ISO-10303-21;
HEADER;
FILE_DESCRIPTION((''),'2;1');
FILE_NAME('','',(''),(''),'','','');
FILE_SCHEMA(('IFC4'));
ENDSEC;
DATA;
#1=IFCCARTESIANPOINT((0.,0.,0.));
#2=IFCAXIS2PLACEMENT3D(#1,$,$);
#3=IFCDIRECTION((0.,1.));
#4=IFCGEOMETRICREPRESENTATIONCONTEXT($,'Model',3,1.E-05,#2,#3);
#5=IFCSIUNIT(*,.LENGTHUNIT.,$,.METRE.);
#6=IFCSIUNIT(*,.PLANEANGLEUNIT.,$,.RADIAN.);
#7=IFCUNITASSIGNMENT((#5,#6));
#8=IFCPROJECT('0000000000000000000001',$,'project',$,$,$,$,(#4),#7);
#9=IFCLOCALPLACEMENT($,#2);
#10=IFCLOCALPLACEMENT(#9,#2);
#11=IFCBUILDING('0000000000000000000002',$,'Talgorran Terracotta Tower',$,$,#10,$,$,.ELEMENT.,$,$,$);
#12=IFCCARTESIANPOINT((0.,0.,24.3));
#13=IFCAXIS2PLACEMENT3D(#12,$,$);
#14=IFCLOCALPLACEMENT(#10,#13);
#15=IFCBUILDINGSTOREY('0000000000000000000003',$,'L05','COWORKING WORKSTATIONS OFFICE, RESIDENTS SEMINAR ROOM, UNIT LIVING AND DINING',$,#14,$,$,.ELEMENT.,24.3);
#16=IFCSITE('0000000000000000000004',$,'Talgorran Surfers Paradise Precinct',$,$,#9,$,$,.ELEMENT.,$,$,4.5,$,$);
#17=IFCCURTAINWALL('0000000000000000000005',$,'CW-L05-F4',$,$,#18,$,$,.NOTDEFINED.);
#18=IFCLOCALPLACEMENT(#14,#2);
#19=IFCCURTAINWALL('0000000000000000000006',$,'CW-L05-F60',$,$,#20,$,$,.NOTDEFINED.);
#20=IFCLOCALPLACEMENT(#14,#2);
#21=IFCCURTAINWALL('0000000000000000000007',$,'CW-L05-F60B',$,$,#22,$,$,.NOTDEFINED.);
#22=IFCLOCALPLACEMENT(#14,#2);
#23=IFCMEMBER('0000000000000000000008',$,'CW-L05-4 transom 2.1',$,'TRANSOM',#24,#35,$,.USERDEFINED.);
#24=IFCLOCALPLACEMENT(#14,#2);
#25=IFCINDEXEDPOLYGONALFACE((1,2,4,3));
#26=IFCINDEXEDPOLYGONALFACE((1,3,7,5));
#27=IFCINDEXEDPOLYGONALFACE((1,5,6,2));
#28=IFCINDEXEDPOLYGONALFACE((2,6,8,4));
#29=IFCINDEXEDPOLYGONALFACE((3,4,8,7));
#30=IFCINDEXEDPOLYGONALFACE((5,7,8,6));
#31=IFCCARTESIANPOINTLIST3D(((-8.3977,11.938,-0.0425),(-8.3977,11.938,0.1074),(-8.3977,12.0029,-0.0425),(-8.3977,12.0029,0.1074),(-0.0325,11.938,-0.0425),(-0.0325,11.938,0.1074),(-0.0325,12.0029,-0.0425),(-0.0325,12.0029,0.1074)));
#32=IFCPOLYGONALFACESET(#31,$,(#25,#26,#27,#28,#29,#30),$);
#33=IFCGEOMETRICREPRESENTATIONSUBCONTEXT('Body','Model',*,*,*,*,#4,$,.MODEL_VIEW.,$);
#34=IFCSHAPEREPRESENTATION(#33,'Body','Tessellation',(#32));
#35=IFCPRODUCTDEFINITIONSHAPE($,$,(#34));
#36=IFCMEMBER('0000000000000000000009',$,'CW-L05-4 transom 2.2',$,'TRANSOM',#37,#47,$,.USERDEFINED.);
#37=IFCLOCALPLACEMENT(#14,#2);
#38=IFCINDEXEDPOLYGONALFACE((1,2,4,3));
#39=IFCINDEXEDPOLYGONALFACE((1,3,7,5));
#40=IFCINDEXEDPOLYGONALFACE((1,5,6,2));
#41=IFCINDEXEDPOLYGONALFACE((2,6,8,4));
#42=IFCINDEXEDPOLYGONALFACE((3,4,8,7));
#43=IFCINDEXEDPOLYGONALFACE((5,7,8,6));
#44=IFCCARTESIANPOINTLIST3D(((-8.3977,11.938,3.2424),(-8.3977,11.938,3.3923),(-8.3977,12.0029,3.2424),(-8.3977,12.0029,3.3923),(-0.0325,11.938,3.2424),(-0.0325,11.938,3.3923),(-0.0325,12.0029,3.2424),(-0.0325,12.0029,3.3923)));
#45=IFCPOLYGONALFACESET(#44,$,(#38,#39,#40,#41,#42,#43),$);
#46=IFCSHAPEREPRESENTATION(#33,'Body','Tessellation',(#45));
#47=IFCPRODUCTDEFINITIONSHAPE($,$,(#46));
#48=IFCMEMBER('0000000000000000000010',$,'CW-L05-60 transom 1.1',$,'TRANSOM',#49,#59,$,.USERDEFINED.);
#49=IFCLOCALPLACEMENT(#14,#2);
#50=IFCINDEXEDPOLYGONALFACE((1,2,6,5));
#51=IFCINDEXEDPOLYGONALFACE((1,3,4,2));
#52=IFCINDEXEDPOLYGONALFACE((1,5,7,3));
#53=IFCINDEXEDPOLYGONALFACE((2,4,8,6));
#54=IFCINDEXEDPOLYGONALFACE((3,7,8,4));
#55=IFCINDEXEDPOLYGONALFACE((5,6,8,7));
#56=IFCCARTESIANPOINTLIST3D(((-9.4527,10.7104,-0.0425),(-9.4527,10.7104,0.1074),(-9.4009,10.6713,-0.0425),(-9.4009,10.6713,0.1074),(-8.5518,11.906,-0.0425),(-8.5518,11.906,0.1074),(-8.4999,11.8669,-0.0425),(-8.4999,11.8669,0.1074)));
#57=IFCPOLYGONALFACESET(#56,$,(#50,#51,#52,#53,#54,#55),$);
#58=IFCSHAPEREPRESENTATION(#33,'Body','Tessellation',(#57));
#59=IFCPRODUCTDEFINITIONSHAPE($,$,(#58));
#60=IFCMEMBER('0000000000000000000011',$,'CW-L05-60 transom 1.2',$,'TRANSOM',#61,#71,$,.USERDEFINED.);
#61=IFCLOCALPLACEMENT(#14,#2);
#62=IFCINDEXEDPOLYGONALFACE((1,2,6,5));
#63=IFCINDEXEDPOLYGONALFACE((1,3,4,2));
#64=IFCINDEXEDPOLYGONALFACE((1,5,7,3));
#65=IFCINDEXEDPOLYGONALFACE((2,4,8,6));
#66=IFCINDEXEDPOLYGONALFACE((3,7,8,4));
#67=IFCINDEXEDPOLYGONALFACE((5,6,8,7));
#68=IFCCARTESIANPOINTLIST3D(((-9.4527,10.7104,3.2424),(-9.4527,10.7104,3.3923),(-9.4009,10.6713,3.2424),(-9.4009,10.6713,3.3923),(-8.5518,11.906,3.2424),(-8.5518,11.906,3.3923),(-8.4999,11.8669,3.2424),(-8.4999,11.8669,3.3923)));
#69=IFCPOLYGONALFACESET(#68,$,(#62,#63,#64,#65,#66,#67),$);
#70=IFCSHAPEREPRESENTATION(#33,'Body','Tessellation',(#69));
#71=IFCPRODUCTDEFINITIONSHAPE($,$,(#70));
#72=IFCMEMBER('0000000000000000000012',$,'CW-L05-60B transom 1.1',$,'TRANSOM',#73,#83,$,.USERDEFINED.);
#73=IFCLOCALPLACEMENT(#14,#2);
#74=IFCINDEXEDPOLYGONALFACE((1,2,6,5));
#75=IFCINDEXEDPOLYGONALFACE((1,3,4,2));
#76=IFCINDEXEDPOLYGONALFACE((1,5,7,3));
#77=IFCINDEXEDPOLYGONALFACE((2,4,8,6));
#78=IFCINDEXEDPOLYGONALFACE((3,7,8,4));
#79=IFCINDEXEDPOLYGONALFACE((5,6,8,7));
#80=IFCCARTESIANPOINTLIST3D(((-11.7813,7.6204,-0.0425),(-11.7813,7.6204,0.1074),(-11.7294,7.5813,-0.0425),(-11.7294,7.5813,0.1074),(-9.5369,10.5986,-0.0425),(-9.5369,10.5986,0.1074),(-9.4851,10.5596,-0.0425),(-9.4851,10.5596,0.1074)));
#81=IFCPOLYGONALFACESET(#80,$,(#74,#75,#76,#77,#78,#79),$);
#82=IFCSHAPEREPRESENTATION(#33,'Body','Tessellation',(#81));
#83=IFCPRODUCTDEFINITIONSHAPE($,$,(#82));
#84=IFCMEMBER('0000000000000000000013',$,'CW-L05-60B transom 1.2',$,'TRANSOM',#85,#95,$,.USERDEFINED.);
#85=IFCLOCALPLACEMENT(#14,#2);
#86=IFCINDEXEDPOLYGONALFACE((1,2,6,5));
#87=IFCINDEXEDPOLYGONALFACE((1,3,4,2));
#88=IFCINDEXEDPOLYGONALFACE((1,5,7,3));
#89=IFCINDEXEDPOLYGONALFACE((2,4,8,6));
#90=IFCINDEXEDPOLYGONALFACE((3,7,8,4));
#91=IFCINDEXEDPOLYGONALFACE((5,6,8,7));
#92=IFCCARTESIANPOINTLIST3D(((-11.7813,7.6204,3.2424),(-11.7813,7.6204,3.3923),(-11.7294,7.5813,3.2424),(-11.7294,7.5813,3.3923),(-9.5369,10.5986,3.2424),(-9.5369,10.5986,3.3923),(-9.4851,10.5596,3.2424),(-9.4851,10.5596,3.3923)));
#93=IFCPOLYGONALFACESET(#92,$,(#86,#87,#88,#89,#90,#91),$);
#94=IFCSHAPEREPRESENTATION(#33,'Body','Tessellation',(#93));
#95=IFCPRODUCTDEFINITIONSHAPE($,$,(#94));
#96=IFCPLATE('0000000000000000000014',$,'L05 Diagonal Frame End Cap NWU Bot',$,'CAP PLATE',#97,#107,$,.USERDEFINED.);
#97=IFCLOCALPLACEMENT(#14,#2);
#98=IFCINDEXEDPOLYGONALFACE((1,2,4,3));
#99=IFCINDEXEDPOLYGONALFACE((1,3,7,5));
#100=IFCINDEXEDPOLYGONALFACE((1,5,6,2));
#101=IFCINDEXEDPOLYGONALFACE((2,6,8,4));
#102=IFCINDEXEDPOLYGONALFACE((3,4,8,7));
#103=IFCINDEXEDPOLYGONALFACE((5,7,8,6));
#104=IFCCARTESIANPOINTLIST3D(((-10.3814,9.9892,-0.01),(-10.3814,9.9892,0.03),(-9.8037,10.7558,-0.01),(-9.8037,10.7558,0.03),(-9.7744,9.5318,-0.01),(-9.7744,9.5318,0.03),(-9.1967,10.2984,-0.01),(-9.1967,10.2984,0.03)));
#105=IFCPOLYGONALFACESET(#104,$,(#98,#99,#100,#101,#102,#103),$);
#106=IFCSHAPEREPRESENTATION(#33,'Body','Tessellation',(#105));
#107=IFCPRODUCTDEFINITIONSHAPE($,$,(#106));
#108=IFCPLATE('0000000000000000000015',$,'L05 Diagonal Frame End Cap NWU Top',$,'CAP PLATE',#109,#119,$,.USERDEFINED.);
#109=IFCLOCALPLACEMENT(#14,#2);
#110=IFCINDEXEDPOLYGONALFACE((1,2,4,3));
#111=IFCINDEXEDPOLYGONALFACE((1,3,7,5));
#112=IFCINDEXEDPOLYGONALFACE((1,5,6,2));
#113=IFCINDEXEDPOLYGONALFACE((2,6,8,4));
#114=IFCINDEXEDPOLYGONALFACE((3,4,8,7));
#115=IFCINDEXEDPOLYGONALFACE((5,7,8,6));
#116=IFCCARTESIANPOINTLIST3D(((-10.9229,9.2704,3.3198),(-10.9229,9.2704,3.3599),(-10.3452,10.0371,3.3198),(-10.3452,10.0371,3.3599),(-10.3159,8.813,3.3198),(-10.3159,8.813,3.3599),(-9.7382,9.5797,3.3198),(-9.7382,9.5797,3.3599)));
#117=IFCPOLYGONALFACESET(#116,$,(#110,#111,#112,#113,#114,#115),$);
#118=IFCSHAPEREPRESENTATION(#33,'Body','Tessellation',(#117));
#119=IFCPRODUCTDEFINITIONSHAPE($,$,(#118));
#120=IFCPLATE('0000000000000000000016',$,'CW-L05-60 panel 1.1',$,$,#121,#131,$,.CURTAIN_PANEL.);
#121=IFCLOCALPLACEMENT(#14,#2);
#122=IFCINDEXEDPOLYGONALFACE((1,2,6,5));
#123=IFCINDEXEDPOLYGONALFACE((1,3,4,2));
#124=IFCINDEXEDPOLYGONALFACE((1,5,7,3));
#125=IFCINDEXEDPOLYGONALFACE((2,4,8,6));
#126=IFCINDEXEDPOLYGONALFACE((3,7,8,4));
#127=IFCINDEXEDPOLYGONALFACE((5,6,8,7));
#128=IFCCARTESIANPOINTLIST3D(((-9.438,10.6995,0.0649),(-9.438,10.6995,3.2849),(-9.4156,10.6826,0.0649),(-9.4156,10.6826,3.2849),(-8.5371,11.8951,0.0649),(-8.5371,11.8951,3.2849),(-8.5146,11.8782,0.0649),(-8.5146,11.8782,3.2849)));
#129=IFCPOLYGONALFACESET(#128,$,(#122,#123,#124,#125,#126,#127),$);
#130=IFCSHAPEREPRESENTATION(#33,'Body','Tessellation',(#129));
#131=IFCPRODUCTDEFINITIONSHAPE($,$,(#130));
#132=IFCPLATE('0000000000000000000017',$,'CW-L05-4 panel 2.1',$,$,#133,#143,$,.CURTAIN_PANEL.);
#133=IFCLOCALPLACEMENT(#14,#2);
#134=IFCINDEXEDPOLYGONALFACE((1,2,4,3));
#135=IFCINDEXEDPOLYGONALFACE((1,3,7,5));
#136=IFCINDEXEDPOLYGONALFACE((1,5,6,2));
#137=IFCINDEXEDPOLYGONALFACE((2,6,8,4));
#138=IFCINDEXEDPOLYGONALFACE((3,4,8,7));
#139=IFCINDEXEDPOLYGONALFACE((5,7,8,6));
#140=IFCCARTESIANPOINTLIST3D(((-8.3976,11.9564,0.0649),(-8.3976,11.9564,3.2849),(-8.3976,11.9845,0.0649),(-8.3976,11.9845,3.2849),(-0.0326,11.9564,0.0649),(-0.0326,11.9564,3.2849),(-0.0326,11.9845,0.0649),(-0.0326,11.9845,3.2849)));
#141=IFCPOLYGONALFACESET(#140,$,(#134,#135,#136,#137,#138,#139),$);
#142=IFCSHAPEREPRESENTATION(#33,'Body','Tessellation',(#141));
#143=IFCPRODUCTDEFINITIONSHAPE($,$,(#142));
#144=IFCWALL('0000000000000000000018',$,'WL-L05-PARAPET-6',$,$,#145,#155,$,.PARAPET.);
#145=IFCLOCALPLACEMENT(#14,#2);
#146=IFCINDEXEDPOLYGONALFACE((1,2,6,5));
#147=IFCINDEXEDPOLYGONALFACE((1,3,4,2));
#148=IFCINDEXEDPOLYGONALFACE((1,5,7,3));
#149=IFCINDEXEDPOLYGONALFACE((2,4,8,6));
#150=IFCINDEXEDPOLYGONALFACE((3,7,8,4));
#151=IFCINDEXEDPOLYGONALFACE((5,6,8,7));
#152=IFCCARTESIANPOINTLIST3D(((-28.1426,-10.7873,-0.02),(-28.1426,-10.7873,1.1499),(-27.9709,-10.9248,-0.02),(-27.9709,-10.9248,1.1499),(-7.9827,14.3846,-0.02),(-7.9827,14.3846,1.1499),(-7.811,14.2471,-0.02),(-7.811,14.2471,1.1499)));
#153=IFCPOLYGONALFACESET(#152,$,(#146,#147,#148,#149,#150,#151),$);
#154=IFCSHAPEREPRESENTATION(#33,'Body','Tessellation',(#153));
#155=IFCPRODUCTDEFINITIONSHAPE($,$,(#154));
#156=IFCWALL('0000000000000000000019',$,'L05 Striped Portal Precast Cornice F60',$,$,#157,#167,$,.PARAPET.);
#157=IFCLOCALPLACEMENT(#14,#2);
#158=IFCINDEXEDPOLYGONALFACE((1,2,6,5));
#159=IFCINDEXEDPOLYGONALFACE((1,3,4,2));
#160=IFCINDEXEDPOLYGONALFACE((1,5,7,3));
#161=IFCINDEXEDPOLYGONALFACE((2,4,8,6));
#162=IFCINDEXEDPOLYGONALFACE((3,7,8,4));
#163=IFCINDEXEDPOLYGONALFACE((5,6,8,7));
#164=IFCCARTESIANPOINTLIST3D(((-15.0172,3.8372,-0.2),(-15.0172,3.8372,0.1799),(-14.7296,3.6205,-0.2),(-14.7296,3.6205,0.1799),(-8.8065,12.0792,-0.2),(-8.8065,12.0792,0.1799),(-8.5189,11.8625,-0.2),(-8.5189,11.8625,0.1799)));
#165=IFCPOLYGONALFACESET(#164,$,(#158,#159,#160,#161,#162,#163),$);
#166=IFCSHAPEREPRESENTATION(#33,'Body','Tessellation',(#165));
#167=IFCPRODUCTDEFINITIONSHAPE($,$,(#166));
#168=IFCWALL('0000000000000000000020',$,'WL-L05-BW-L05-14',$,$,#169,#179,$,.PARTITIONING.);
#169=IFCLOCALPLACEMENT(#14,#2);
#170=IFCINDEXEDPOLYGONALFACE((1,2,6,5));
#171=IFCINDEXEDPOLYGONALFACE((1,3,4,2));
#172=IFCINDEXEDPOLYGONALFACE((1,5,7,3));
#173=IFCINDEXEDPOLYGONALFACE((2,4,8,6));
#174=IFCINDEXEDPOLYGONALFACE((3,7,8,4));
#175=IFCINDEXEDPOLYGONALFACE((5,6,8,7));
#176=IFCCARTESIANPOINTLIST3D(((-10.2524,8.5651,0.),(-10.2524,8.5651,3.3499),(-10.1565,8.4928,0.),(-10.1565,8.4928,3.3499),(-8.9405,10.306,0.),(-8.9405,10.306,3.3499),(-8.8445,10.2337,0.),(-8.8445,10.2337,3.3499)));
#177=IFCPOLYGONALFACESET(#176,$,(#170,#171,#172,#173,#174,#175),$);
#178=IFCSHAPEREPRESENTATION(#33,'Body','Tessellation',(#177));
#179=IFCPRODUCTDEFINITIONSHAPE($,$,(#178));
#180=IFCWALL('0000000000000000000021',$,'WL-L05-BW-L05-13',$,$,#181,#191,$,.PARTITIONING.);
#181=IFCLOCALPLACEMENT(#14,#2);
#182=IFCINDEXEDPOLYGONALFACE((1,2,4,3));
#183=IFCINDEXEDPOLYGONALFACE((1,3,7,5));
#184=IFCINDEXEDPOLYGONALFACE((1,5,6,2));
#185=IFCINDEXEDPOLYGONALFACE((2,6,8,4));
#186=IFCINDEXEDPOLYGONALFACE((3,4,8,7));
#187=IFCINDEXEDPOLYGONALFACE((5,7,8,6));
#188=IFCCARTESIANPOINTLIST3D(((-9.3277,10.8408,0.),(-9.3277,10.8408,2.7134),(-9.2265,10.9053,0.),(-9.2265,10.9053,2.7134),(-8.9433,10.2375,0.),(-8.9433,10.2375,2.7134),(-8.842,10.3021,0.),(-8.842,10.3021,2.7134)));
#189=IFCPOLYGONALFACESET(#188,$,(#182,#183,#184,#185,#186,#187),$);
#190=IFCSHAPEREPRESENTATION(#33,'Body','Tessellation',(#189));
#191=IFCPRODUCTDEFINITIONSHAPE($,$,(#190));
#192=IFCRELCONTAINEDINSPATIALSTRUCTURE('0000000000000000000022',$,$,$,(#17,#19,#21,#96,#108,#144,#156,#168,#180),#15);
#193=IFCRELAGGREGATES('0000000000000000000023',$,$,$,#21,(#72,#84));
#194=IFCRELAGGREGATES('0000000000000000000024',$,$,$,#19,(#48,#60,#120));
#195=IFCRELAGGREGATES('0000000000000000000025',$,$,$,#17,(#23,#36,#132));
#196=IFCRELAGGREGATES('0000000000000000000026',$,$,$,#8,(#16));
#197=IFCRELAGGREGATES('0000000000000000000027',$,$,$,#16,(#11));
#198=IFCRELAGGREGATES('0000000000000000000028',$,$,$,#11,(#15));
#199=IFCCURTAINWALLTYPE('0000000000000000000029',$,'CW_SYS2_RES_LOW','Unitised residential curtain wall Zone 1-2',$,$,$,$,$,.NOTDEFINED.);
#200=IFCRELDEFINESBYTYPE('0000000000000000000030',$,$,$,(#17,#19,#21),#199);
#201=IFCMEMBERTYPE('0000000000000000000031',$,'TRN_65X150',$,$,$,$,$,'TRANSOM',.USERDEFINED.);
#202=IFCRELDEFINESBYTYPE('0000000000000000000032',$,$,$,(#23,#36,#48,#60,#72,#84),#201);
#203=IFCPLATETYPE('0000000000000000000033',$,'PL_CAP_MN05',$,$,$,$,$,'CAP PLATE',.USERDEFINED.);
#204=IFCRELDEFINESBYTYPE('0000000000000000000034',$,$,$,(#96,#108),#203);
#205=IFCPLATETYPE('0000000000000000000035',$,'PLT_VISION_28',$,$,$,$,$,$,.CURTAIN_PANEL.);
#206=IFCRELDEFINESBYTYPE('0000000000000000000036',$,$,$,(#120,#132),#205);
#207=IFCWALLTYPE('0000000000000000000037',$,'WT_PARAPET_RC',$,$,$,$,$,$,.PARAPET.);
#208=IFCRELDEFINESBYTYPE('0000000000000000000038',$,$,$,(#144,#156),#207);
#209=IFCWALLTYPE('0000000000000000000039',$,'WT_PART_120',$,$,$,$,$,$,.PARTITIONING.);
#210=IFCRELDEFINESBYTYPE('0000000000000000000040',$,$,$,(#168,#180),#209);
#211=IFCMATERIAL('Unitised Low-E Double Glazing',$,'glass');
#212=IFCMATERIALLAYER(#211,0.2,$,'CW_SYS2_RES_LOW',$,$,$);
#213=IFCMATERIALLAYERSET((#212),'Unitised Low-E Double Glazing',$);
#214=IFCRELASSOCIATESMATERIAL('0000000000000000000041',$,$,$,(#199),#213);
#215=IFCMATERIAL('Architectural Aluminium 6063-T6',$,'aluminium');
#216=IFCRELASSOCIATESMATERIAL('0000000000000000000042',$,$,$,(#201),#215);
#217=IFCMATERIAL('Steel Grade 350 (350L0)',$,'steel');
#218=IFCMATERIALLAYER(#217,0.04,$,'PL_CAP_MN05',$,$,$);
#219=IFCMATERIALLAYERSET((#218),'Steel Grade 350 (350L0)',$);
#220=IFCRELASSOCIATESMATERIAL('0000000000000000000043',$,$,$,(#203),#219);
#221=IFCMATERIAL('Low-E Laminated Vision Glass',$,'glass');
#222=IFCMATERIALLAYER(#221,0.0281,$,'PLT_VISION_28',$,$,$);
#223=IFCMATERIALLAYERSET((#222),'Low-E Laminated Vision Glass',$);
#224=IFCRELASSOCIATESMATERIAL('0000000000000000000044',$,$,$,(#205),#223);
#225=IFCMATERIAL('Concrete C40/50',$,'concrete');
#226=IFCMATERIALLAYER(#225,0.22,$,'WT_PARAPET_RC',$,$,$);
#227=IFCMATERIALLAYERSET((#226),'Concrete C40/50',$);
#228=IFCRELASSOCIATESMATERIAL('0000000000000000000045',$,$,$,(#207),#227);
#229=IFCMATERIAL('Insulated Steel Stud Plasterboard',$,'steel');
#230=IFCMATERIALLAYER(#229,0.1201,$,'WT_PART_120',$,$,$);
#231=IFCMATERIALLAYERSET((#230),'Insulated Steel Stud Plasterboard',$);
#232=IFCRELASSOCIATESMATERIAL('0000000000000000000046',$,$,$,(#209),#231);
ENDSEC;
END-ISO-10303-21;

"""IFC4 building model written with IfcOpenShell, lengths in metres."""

from ifc_helpers import new_model, si_unit, direction, frame, frame_2d, origin, origin_2d, place, context, subcontext, project, spatial, rectangle, extrude, source, transform, mapped, material, layer, layer_set, material_profile, profile_set, type_object, type_shapes, element, aggregate, save


model = new_model("IFC4")

# Units and contexts
model_context = context("Model", 3, precision=1e-05, world=origin(), true_north=direction((0.0, 1.0)))
body_context = subcontext(model_context, "Body", "Model", "MODEL_VIEW")
ifc_project = project(units=[si_unit("LENGTHUNIT", "METRE"), si_unit("PLANEANGLEUNIT", "RADIAN")], contexts=[model_context])

# Site, building, storey
site_placement = place(None, origin())
site = spatial("IfcSite", under=ifc_project, at=site_placement, Name="Talgorran Surfers Paradise Precinct", CompositionType="ELEMENT", RefElevation=4.5)
building_placement = place(site_placement, origin())
building = spatial("IfcBuilding", under=site, at=building_placement, Name="Talgorran Terracotta Tower", CompositionType="ELEMENT")
storey_placement = place(building_placement, frame((0.0, 0.0, 24.3)))
storey = spatial("IfcBuildingStorey", under=building, at=storey_placement, Name="L05", Description="COWORKING WORKSTATIONS OFFICE, RESIDENTS SEMINAR ROOM, UNIT LIVING AND DINING", CompositionType="ELEMENT", Elevation=24.3)

# Shared definitions
ifc_material_1 = material(Name="Steel Grade 350 (350L0)", Category="steel")

# Curtain wall
ifc_material_2 = material(Name="Unitised Low-E Double Glazing", Category="glass")
ifc_layer_1 = layer(ifc_material_2, 0.2, Name="CW_SYS2_RES_LOW")
ifc_layer_set_1 = layer_set([ifc_layer_1], Name="Unitised Low-E Double Glazing")
curtain_wall_type = type_object("IfcCurtainWallType", Name="CW_SYS2_RES_LOW", Description="Unitised residential curtain wall Zone 1-2", PredefinedType="NOTDEFINED", material=ifc_layer_set_1)
curtain_wall_1_placement = place(storey_placement, origin())
curtain_wall_1 = element("IfcCurtainWall", 1, at=curtain_wall_1_placement, inside=storey, type_object=curtain_wall_type, Name="CW-L05-F4", PredefinedType="NOTDEFINED")
ifc_material_3 = material(Name="Architectural Aluminium 6063-T6", Category="aluminium")

# Curtain wall
curtain_wall_2_placement = place(storey_placement, origin())
curtain_wall_2 = element("IfcCurtainWall", 2, at=curtain_wall_2_placement, inside=storey, type_object=curtain_wall_type, Name="CW-L05-F60", PredefinedType="NOTDEFINED")

# Curtain wall
curtain_wall_3_placement = place(storey_placement, origin())
curtain_wall_3 = element("IfcCurtainWall", 3, at=curtain_wall_3_placement, inside=storey, type_object=curtain_wall_type, Name="CW-L05-F60B", PredefinedType="NOTDEFINED")

# Members
ifc_material_profile_1 = material_profile(ifc_material_3, rectangle(XDim=0.0649, YDim=0.1499, at=origin_2d()), Name="CWT65X150")
ifc_profile_set_1 = profile_set([ifc_material_profile_1], Name="Architectural Aluminium 6063-T6")
member_type_1 = type_object("IfcMemberType", Name="TRN_65X150", ElementType="TRANSOM", PredefinedType="USERDEFINED", material=ifc_profile_set_1)
member_1_placement = place(storey_placement, frame((-0.0325, 11.9705, 0.0325), z_axis=(-1.0, 0.0, 0.0), x_axis=(0.0, -1.0, 0.0)))
member_1 = element("IfcMember", 4, at=member_1_placement, type_object=member_type_1, Name="CW-L05-4 transom 2.1", ObjectType="TRANSOM", PredefinedType="USERDEFINED", context=body_context, shape_type="SweptSolid", body=[
    extrude(rectangle(XDim=0.0649, YDim=0.1499, at=origin_2d()), origin(), (0.0, 0.0, 1.0), 8.3652),
])
member_2_placement = place(storey_placement, frame((-0.0325, 11.9705, 3.3174), z_axis=(-1.0, 0.0, 0.0), x_axis=(0.0, -1.0, 0.0)))
member_2 = element("IfcMember", 5, at=member_2_placement, type_object=member_type_1, Name="CW-L05-4 transom 2.2", ObjectType="TRANSOM", PredefinedType="USERDEFINED", context=body_context, shape_type="SweptSolid", body=[
    extrude(rectangle(XDim=0.0649, YDim=0.1499, at=origin_2d()), origin(), (0.0, 0.0, 1.0), 8.3652),
])
member_3_placement = place(storey_placement, frame((-8.5259, 11.8865, 0.0325), z_axis=(-0.601799, -0.798648, 0.0), x_axis=(0.798648, -0.601799, 0.0)))
member_3 = element("IfcMember", 6, at=member_3_placement, type_object=member_type_1, Name="CW-L05-60 transom 1.1", ObjectType="TRANSOM", PredefinedType="USERDEFINED", context=body_context, shape_type="SweptSolid", body=[
    extrude(rectangle(XDim=0.0649, YDim=0.1499, at=origin_2d()), origin(), (0.0, 0.0, 1.0), 1.4971),
])
member_4_placement = place(storey_placement, frame((-8.5259, 11.8865, 3.3174), z_axis=(-0.601799, -0.798648, 0.0), x_axis=(0.798648, -0.601799, 0.0)))
member_4 = element("IfcMember", 7, at=member_4_placement, type_object=member_type_1, Name="CW-L05-60 transom 1.2", ObjectType="TRANSOM", PredefinedType="USERDEFINED", context=body_context, shape_type="SweptSolid", body=[
    extrude(rectangle(XDim=0.0649, YDim=0.1499, at=origin_2d()), origin(), (0.0, 0.0, 1.0), 1.4971),
])
member_5_placement = place(storey_placement, frame((-9.511, 10.5791, 0.0325), z_axis=(-0.601831, -0.798623, 0.0), x_axis=(0.798623, -0.601831, 0.0)))
member_5 = element("IfcMember", 8, at=member_5_placement, type_object=member_type_1, Name="CW-L05-60B transom 1.1", ObjectType="TRANSOM", PredefinedType="USERDEFINED", context=body_context, shape_type="SweptSolid", body=[
    extrude(rectangle(XDim=0.0649, YDim=0.1499, at=origin_2d()), origin(), (0.0, 0.0, 1.0), 3.7292),
])
member_6_placement = place(storey_placement, frame((-9.511, 10.5791, 3.3174), z_axis=(-0.601831, -0.798623, 0.0), x_axis=(0.798623, -0.601831, 0.0)))
member_6 = element("IfcMember", 9, at=member_6_placement, type_object=member_type_1, Name="CW-L05-60B transom 1.2", ObjectType="TRANSOM", PredefinedType="USERDEFINED", context=body_context, shape_type="SweptSolid", body=[
    extrude(rectangle(XDim=0.0649, YDim=0.1499, at=origin_2d()), origin(), (0.0, 0.0, 1.0), 3.7292),
])
aggregate(curtain_wall_3, [member_5, member_6])

# Plates
ifc_layer_2 = layer(ifc_material_1, 0.04, Name="PL_CAP_MN05")
ifc_layer_set_2 = layer_set([ifc_layer_2], Name="Steel Grade 350 (350L0)")
plate_type_1 = type_object("IfcPlateType", Name="PL_CAP_MN05", ElementType="CAP PLATE", PredefinedType="USERDEFINED", material=ifc_layer_set_2)
for number, where, z_axis, x_axis, name in (
    (10, (-9.7891, 10.1438, -0.01), (0.0, 0.0, 1.0), (-0.601815, -0.798636, 0.0), "L05 Diagonal Frame End Cap NWU Bot"),
    (11, (-10.3306, 9.425, 3.3198), (0.0, 0.0, 1.0), (-0.601815, -0.798636, 0.0), "L05 Diagonal Frame End Cap NWU Top"),
):
    element("IfcPlate", number, at=place(storey_placement, frame(where, z_axis=z_axis, x_axis=x_axis)), inside=storey, type_object=plate_type_1, Name=name, ObjectType="CAP PLATE", PredefinedType="USERDEFINED", context=body_context, shape_type="SweptSolid", body=[
        extrude(rectangle(XDim=0.96, YDim=0.76, at=origin_2d()), origin(), (0.0, 0.0, 1.0), 0.04),
    ])

# Plates
ifc_material_4 = material(Name="Low-E Laminated Vision Glass", Category="glass")
ifc_layer_3 = layer(ifc_material_4, 0.0281, Name="PLT_VISION_28")
ifc_layer_set_3 = layer_set([ifc_layer_3], Name="Low-E Laminated Vision Glass")
plate_type_2 = type_object("IfcPlateType", Name="PLT_VISION_28", PredefinedType="CURTAIN_PANEL", material=ifc_layer_set_3)
shared_shape_1 = source(origin(), body_context, "Body", "SweptSolid", [
    extrude(rectangle(XDim=1.4971, YDim=0.0281, at=origin_2d()), origin(), (0.0, 0.0, 1.0), 3.22),
])
plate_1_placement = place(storey_placement, frame((-8.9763, 11.2888, 0.0649), z_axis=(0.0, 0.0, 1.0), x_axis=(-0.601798, -0.798648, 0.0)))
plate_1 = element("IfcPlate", 12, at=plate_1_placement, type_object=plate_type_2, Name="CW-L05-60 panel 1.1", PredefinedType="CURTAIN_PANEL", context=body_context, shape_type="MappedRepresentation", body=[
    mapped(shared_shape_1, transform((0.0, 0.0, 0.0), scale=1.0)),
])
aggregate(curtain_wall_2, [member_3, member_4, plate_1])
shared_shape_2 = source(origin(), body_context, "Body", "SweptSolid", [
    extrude(rectangle(XDim=8.365, YDim=0.0281, at=origin_2d()), origin(), (0.0, 0.0, 1.0), 3.22),
])
type_shapes(plate_type_2, [shared_shape_1, shared_shape_2])
plate_2_placement = place(storey_placement, frame((-4.2151, 11.9705, 0.0649), z_axis=(0.0, 0.0, 1.0), x_axis=(-1.0, 0.0, 0.0)))
plate_2 = element("IfcPlate", 13, at=plate_2_placement, type_object=plate_type_2, Name="CW-L05-4 panel 2.1", PredefinedType="CURTAIN_PANEL", context=body_context, shape_type="MappedRepresentation", body=[
    mapped(shared_shape_2, transform((0.0, 0.0, 0.0), scale=1.0)),
])
aggregate(curtain_wall_1, [member_1, member_2, plate_2])

# Walls
ifc_material_5 = material(Name="Concrete C40/50", Category="concrete")
ifc_layer_4 = layer(ifc_material_5, 0.22, Name="WT_PARAPET_RC")
ifc_layer_set_4 = layer_set([ifc_layer_4], Name="Concrete C40/50")
wall_type_1 = type_object("IfcWallType", Name="WT_PARAPET_RC", PredefinedType="PARAPET", material=ifc_layer_set_4)
wall_1_placement = place(storey_placement, frame((-7.8967, 14.3159, -0.02), z_axis=(0.0, 0.0, 1.0), x_axis=(-0.625119, -0.78053, 0.0)))
element("IfcWall", 14, at=wall_1_placement, inside=storey, type_object=wall_type_1, Name="WL-L05-PARAPET-6", PredefinedType="PARAPET", context=body_context, shape_type="SweptSolid", body=[
    extrude(rectangle(XDim=32.2498, YDim=0.22, at=frame_2d((16.125, 0.0))), origin(), (0.0, 0.0, 1.0), 1.1699),
])
wall_2_placement = place(storey_placement, frame((-8.6626, 11.9709, -0.2), z_axis=(0.0, 0.0, 1.0), x_axis=(-0.601812, -0.798638, 0.0)))
element("IfcWall", 15, at=wall_2_placement, inside=storey, type_object=wall_type_1, Name="L05 Striped Portal Precast Cornice F60", PredefinedType="PARAPET", context=body_context, shape_type="SweptSolid", body=[
    extrude(rectangle(XDim=10.3201, YDim=0.3601, at=frame_2d((5.1602, 0.0))), origin(), (0.0, 0.0, 1.0), 0.3799),
])
ifc_material_6 = material(Name="Insulated Steel Stud Plasterboard", Category="steel")
ifc_layer_5 = layer(ifc_material_6, 0.1201, Name="WT_PART_120")
ifc_layer_set_5 = layer_set([ifc_layer_5], Name="Insulated Steel Stud Plasterboard")
wall_type_2 = type_object("IfcWallType", Name="WT_PART_120", PredefinedType="PARTITIONING", material=ifc_layer_set_5)
wall_3_placement = place(storey_placement, frame((-8.8926, 10.2698, 0.0), z_axis=(0.0, 0.0, 1.0), x_axis=(-0.601844, -0.798614, 0.0)))
element("IfcWall", 16, at=wall_3_placement, inside=storey, type_object=wall_type_2, Name="WL-L05-BW-L05-14", PredefinedType="PARTITIONING", context=body_context, shape_type="SweptSolid", body=[
    extrude(rectangle(XDim=2.1799, YDim=0.1201, at=frame_2d((1.0898, 0.0))), origin(), (0.0, 0.0, 1.0), 3.3499),
])
wall_4_placement = place(storey_placement, frame((-9.2771, 10.873, 0.0), z_axis=(0.0, 0.0, 1.0), x_axis=(0.537494, -0.843268, 0.0)))
element("IfcWall", 17, at=wall_4_placement, inside=storey, type_object=wall_type_2, Name="WL-L05-BW-L05-13", PredefinedType="PARTITIONING", context=body_context, shape_type="SweptSolid", body=[
    extrude(rectangle(XDim=0.7153, YDim=0.1201, at=frame_2d((0.3577, 0.0))), origin(), (0.0, 0.0, 1.0), 2.7134),
])

save(model, "model.ifc")
